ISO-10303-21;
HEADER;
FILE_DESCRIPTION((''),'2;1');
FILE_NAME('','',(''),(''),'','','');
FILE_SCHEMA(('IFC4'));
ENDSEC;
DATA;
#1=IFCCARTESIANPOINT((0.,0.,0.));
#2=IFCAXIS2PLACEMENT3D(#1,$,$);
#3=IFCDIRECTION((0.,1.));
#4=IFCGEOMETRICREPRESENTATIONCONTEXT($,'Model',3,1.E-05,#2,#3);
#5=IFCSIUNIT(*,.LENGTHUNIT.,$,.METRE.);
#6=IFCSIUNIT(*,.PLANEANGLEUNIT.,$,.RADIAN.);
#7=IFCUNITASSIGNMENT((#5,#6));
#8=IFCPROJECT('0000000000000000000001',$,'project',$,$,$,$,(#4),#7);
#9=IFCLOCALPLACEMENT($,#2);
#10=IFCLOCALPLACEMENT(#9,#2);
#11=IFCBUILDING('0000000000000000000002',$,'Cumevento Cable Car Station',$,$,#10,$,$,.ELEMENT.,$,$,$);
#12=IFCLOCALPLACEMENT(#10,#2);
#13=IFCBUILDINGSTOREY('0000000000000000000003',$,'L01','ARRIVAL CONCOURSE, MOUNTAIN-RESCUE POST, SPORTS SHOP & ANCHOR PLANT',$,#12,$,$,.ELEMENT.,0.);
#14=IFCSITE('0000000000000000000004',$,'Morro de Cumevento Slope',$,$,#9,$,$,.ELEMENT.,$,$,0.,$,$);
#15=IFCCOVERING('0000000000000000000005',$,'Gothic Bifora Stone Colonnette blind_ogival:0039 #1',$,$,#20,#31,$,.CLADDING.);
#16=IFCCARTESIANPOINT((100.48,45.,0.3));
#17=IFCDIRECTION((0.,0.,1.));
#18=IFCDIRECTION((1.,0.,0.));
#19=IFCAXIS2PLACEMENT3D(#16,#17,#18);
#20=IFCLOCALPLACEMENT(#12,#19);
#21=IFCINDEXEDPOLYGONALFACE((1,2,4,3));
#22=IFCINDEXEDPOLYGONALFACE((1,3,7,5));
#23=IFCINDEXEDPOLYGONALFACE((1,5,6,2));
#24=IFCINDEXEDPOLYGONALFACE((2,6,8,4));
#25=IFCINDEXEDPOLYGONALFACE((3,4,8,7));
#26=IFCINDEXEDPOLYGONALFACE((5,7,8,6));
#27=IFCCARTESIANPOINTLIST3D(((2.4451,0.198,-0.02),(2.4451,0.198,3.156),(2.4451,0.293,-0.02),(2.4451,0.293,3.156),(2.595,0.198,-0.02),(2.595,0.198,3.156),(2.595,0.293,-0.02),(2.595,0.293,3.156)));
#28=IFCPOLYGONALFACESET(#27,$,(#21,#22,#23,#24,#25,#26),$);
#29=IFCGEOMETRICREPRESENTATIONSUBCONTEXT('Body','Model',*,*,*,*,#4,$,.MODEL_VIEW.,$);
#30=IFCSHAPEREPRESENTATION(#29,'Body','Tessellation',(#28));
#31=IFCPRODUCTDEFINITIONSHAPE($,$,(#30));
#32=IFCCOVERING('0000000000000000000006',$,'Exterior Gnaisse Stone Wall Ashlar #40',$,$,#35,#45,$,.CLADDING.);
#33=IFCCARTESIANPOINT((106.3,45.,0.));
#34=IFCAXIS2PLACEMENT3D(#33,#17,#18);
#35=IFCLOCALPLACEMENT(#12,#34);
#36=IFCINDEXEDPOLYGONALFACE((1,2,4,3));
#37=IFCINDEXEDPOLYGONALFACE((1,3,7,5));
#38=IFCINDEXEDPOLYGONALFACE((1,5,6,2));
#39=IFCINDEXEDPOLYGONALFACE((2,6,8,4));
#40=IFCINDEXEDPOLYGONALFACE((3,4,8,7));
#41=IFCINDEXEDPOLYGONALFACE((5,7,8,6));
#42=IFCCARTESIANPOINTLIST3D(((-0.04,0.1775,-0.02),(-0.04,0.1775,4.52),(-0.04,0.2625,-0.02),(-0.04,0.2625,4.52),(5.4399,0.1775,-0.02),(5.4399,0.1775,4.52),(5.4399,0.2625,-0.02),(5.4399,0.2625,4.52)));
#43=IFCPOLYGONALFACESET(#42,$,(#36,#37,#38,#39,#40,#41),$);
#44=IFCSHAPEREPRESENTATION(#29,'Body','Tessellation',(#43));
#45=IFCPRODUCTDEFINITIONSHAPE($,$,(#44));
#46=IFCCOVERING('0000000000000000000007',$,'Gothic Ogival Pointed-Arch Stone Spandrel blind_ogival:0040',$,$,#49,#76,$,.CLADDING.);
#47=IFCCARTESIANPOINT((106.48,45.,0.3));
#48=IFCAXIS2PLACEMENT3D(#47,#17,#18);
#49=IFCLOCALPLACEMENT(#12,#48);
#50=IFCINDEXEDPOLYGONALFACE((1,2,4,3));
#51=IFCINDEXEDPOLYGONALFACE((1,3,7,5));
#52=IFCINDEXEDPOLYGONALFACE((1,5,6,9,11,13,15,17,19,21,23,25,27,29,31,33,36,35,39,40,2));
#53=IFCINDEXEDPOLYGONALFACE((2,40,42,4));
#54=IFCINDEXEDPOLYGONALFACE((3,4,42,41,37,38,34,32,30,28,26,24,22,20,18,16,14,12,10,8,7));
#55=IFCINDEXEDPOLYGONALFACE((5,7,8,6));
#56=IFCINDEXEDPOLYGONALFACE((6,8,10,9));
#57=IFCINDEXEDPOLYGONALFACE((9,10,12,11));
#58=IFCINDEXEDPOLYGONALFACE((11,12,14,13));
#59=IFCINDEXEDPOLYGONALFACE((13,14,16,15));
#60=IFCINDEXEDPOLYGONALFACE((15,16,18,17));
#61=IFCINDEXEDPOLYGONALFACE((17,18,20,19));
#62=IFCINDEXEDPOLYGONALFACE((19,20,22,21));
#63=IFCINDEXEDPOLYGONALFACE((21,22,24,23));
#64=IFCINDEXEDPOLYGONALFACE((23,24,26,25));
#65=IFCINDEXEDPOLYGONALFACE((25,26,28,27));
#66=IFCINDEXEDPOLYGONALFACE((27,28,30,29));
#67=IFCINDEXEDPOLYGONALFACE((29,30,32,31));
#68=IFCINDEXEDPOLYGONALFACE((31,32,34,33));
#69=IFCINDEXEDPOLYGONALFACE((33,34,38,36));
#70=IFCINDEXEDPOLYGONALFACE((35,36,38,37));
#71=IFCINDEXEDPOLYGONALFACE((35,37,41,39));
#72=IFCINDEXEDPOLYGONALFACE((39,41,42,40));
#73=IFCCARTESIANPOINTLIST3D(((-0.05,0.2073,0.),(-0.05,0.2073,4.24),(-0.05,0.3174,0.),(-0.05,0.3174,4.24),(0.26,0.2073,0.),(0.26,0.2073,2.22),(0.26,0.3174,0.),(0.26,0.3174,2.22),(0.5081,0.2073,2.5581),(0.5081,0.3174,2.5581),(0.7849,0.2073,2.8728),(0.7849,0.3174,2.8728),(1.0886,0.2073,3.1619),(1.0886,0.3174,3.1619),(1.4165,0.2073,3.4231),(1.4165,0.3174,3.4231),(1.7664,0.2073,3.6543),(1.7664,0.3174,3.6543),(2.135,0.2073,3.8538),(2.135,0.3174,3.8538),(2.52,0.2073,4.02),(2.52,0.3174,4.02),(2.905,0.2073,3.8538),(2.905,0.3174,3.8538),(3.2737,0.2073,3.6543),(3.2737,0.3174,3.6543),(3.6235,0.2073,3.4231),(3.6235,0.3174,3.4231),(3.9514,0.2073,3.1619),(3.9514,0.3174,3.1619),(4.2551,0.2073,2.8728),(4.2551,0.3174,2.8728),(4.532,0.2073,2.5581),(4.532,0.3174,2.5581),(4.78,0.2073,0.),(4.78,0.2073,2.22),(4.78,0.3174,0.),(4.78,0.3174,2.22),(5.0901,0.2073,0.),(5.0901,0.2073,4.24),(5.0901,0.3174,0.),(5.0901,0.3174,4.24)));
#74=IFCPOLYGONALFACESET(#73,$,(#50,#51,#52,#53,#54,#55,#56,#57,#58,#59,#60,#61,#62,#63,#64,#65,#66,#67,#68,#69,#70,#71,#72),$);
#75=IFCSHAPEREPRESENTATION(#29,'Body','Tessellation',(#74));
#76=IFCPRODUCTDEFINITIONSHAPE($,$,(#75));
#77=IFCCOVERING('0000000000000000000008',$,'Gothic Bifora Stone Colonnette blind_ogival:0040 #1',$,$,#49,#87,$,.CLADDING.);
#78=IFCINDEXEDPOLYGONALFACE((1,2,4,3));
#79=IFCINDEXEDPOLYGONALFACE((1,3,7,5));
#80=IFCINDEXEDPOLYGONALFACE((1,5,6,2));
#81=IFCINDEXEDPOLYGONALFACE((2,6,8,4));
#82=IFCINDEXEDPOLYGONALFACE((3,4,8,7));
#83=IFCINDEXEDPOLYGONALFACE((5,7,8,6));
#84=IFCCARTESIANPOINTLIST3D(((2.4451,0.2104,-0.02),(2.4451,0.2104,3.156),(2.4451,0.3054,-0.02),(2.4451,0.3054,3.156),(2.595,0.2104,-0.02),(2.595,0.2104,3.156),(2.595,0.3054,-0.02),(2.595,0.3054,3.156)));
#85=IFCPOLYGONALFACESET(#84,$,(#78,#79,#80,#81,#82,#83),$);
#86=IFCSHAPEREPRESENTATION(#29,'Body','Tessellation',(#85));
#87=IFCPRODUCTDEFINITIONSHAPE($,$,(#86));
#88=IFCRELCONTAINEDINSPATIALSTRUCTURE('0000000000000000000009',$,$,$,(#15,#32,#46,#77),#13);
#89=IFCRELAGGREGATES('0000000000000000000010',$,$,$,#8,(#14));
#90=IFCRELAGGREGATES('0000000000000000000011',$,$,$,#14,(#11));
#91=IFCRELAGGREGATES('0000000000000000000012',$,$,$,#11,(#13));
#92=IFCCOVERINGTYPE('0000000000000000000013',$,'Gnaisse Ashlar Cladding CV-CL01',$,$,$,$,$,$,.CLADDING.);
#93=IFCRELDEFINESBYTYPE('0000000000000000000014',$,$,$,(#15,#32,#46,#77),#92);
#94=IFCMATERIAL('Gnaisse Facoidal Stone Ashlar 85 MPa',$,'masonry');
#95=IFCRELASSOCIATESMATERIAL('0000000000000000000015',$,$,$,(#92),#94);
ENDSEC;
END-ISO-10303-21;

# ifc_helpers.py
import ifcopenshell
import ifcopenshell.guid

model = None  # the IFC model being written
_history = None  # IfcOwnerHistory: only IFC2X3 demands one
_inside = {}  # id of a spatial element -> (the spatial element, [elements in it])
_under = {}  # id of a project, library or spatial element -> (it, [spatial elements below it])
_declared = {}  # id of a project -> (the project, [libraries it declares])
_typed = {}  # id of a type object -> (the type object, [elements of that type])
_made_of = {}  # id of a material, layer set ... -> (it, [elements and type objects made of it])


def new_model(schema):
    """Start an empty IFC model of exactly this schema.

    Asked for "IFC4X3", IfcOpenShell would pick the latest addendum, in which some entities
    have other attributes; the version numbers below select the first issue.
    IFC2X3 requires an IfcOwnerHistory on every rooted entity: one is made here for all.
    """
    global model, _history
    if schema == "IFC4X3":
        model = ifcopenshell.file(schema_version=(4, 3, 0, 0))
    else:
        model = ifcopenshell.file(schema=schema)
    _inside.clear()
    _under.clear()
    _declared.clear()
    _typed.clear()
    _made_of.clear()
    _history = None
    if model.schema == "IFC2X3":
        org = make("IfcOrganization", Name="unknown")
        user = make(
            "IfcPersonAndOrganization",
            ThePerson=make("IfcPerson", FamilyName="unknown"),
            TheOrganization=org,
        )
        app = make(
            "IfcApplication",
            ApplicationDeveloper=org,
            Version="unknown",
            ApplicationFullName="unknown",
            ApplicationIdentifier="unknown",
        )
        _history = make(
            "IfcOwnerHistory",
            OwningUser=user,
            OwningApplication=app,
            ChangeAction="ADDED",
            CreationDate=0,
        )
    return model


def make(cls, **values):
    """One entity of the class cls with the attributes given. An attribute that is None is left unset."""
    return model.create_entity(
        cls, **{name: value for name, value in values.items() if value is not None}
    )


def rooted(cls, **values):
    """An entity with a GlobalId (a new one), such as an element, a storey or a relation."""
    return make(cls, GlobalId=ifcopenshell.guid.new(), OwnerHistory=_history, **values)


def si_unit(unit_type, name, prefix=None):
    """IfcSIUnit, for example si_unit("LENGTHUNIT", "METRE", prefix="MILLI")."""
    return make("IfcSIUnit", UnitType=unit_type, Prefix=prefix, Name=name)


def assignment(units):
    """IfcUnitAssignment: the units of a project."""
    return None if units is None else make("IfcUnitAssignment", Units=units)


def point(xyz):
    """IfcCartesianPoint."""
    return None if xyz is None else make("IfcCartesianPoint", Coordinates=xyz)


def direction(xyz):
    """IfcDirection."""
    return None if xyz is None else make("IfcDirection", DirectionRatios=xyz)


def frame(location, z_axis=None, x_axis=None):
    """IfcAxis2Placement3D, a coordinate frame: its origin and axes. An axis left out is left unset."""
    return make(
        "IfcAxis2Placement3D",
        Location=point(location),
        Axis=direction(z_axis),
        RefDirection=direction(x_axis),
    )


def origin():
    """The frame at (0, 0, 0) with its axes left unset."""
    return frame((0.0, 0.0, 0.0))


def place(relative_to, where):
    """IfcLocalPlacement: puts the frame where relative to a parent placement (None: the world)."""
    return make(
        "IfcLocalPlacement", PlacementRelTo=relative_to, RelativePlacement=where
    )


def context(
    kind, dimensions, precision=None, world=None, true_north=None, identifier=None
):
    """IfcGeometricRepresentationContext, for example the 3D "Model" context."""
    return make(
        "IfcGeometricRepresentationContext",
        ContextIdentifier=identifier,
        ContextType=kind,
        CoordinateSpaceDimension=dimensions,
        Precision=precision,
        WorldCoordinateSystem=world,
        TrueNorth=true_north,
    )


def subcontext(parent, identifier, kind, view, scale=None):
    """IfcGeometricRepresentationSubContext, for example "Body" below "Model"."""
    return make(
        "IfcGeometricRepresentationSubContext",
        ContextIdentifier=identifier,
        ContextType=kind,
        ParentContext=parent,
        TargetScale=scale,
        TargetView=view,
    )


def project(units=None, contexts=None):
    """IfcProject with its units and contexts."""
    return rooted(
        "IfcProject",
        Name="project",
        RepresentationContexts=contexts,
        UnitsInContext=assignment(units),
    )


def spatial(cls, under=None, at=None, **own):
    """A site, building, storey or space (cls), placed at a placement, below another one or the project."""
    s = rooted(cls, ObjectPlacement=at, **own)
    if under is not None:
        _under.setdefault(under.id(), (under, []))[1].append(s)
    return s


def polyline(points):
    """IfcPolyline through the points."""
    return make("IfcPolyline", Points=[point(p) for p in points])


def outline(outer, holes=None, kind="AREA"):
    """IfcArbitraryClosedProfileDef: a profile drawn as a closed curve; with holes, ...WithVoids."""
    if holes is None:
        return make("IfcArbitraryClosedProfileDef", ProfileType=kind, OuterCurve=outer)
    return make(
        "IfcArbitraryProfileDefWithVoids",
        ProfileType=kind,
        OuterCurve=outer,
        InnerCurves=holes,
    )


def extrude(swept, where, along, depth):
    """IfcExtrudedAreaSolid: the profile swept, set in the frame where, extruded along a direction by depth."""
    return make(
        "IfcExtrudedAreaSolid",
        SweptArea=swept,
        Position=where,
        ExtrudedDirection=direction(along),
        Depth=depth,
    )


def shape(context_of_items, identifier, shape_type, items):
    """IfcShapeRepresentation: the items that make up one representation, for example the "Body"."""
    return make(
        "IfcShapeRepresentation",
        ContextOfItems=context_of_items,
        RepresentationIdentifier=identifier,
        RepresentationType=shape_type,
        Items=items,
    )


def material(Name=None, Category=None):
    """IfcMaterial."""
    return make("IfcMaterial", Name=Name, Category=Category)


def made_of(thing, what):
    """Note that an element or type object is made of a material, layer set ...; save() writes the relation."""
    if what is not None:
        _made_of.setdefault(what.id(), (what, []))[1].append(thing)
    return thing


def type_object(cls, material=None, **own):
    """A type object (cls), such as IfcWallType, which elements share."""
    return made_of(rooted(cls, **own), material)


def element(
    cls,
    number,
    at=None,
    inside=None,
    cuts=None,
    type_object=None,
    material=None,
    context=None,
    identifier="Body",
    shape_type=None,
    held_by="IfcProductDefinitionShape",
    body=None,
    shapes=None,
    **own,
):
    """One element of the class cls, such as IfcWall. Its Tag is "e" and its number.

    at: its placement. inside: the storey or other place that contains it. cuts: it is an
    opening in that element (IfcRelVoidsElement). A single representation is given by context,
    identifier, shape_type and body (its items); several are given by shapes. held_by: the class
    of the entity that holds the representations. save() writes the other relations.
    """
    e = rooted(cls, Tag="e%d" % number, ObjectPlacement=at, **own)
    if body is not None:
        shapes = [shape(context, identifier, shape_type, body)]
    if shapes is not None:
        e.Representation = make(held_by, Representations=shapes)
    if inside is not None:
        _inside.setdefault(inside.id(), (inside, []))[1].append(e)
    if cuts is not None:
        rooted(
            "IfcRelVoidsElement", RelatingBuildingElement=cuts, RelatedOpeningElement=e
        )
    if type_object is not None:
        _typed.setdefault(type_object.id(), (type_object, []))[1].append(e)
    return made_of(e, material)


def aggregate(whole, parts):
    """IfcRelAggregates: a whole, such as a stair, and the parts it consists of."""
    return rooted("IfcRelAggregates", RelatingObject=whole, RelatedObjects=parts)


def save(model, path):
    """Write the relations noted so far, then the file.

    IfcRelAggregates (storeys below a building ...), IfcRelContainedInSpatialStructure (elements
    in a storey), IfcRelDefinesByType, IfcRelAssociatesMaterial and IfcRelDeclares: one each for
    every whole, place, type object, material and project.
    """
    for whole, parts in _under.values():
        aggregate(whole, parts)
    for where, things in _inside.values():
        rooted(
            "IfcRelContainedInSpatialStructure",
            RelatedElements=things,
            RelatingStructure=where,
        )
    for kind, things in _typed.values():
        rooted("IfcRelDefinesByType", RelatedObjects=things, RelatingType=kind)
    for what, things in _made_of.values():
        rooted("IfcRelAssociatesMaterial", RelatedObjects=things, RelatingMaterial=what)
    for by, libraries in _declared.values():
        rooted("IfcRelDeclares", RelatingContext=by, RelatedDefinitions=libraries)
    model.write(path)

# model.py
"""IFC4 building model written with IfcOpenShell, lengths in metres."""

from ifc_helpers import new_model, si_unit, direction, frame, origin, place, context, subcontext, project, spatial, polyline, outline, extrude, material, type_object, element, save


model = new_model("IFC4")

# Units and contexts
model_context = context("Model", 3, precision=1e-05, world=origin(), true_north=direction((0.0, 1.0)))
body_context = subcontext(model_context, "Body", "Model", "MODEL_VIEW")
ifc_project = project(units=[si_unit("LENGTHUNIT", "METRE"), si_unit("PLANEANGLEUNIT", "RADIAN")], contexts=[model_context])

# Site, building, storey
site_placement = place(None, origin())
site = spatial("IfcSite", under=ifc_project, at=site_placement, Name="Morro de Cumevento Slope", CompositionType="ELEMENT", RefElevation=0.0)
building_placement = place(site_placement, origin())
building = spatial("IfcBuilding", under=site, at=building_placement, Name="Cumevento Cable Car Station", CompositionType="ELEMENT")
storey_placement = place(building_placement, origin())
storey = spatial("IfcBuildingStorey", under=building, at=storey_placement, Name="L01", Description="ARRIVAL CONCOURSE, MOUNTAIN-RESCUE POST, SPORTS SHOP & ANCHOR PLANT", CompositionType="ELEMENT", Elevation=0.0)

# Coverings
ifc_material_1 = material(Name="Gnaisse Facoidal Stone Ashlar 85 MPa", Category="masonry")
covering_type = type_object("IfcCoveringType", Name="Gnaisse Ashlar Cladding CV-CL01", PredefinedType="CLADDING", material=ifc_material_1)
covering_1_placement = place(storey_placement, frame((100.48, 45.0, 0.3), z_axis=(0.0, 0.0, 1.0), x_axis=(1.0, 0.0, 0.0)))
element("IfcCovering", 1, at=covering_1_placement, inside=storey, type_object=covering_type, Name="Gothic Bifora Stone Colonnette blind_ogival:0039 #1", PredefinedType="CLADDING", context=body_context, shape_type="SweptSolid", body=[
    extrude(outline(polyline([(2.4451, -0.02), (2.595, -0.02), (2.595, 3.156), (2.4451, 3.156), (2.4451, -0.02)])), frame((0.0, 0.293, 0.0), z_axis=(0.0, -1.0, 0.0), x_axis=(1.0, 0.0, 0.0)), (0.0, 0.0, 1.0), 0.095),
])
covering_2_placement = place(storey_placement, frame((106.3, 45.0, 0.0), z_axis=(0.0, 0.0, 1.0), x_axis=(1.0, 0.0, 0.0)))
element("IfcCovering", 2, at=covering_2_placement, inside=storey, type_object=covering_type, Name="Exterior Gnaisse Stone Wall Ashlar #40", PredefinedType="CLADDING", context=body_context, shape_type="SweptSolid", body=[
    extrude(outline(polyline([(-0.04, -0.02), (5.4399, -0.02), (5.4399, 4.52), (-0.04, 4.52), (-0.04, -0.02)])), frame((0.0, 0.2625, 0.0), z_axis=(0.0, -1.0, 0.0), x_axis=(1.0, 0.0, 0.0)), (0.0, 0.0, 1.0), 0.085),
])
placement = place(storey_placement, frame((106.48, 45.0, 0.3), z_axis=(0.0, 0.0, 1.0), x_axis=(1.0, 0.0, 0.0)))
element("IfcCovering", 3, at=placement, inside=storey, type_object=covering_type, Name="Gothic Ogival Pointed-Arch Stone Spandrel blind_ogival:0040", PredefinedType="CLADDING", context=body_context, shape_type="SweptSolid", body=[
    extrude(outline(polyline([(-0.05, 0.0), (-0.05, 4.24), (5.0901, 4.24), (5.0901, 0.0), (4.78, 0.0), (4.78, 2.22), (4.532, 2.5581), (4.2551, 2.8728), (3.9514, 3.1619), (3.6235, 3.4231), (3.2737, 3.6543), (2.905, 3.8538), (2.52, 4.02), (2.135, 3.8538), (1.7664, 3.6543), (1.4165, 3.4231), (1.0886, 3.1619), (0.7849, 2.8728), (0.5081, 2.5581), (0.26, 2.22), (0.26, 0.0), (-0.05, 0.0)])), frame((0.0, 0.3174, 0.0), z_axis=(0.0, -1.0, 0.0), x_axis=(1.0, 0.0, 0.0)), (0.0, 0.0, 1.0), 0.1101),
])
element("IfcCovering", 4, at=placement, inside=storey, type_object=covering_type, Name="Gothic Bifora Stone Colonnette blind_ogival:0040 #1", PredefinedType="CLADDING", context=body_context, shape_type="SweptSolid", body=[
    extrude(outline(polyline([(2.4451, -0.02), (2.595, -0.02), (2.595, 3.156), (2.4451, 3.156), (2.4451, -0.02)])), frame((0.0, 0.3054, 0.0), z_axis=(0.0, -1.0, 0.0), x_axis=(1.0, 0.0, 0.0)), (0.0, 0.0, 1.0), 0.095),
])

save(model, "model.ifc")
